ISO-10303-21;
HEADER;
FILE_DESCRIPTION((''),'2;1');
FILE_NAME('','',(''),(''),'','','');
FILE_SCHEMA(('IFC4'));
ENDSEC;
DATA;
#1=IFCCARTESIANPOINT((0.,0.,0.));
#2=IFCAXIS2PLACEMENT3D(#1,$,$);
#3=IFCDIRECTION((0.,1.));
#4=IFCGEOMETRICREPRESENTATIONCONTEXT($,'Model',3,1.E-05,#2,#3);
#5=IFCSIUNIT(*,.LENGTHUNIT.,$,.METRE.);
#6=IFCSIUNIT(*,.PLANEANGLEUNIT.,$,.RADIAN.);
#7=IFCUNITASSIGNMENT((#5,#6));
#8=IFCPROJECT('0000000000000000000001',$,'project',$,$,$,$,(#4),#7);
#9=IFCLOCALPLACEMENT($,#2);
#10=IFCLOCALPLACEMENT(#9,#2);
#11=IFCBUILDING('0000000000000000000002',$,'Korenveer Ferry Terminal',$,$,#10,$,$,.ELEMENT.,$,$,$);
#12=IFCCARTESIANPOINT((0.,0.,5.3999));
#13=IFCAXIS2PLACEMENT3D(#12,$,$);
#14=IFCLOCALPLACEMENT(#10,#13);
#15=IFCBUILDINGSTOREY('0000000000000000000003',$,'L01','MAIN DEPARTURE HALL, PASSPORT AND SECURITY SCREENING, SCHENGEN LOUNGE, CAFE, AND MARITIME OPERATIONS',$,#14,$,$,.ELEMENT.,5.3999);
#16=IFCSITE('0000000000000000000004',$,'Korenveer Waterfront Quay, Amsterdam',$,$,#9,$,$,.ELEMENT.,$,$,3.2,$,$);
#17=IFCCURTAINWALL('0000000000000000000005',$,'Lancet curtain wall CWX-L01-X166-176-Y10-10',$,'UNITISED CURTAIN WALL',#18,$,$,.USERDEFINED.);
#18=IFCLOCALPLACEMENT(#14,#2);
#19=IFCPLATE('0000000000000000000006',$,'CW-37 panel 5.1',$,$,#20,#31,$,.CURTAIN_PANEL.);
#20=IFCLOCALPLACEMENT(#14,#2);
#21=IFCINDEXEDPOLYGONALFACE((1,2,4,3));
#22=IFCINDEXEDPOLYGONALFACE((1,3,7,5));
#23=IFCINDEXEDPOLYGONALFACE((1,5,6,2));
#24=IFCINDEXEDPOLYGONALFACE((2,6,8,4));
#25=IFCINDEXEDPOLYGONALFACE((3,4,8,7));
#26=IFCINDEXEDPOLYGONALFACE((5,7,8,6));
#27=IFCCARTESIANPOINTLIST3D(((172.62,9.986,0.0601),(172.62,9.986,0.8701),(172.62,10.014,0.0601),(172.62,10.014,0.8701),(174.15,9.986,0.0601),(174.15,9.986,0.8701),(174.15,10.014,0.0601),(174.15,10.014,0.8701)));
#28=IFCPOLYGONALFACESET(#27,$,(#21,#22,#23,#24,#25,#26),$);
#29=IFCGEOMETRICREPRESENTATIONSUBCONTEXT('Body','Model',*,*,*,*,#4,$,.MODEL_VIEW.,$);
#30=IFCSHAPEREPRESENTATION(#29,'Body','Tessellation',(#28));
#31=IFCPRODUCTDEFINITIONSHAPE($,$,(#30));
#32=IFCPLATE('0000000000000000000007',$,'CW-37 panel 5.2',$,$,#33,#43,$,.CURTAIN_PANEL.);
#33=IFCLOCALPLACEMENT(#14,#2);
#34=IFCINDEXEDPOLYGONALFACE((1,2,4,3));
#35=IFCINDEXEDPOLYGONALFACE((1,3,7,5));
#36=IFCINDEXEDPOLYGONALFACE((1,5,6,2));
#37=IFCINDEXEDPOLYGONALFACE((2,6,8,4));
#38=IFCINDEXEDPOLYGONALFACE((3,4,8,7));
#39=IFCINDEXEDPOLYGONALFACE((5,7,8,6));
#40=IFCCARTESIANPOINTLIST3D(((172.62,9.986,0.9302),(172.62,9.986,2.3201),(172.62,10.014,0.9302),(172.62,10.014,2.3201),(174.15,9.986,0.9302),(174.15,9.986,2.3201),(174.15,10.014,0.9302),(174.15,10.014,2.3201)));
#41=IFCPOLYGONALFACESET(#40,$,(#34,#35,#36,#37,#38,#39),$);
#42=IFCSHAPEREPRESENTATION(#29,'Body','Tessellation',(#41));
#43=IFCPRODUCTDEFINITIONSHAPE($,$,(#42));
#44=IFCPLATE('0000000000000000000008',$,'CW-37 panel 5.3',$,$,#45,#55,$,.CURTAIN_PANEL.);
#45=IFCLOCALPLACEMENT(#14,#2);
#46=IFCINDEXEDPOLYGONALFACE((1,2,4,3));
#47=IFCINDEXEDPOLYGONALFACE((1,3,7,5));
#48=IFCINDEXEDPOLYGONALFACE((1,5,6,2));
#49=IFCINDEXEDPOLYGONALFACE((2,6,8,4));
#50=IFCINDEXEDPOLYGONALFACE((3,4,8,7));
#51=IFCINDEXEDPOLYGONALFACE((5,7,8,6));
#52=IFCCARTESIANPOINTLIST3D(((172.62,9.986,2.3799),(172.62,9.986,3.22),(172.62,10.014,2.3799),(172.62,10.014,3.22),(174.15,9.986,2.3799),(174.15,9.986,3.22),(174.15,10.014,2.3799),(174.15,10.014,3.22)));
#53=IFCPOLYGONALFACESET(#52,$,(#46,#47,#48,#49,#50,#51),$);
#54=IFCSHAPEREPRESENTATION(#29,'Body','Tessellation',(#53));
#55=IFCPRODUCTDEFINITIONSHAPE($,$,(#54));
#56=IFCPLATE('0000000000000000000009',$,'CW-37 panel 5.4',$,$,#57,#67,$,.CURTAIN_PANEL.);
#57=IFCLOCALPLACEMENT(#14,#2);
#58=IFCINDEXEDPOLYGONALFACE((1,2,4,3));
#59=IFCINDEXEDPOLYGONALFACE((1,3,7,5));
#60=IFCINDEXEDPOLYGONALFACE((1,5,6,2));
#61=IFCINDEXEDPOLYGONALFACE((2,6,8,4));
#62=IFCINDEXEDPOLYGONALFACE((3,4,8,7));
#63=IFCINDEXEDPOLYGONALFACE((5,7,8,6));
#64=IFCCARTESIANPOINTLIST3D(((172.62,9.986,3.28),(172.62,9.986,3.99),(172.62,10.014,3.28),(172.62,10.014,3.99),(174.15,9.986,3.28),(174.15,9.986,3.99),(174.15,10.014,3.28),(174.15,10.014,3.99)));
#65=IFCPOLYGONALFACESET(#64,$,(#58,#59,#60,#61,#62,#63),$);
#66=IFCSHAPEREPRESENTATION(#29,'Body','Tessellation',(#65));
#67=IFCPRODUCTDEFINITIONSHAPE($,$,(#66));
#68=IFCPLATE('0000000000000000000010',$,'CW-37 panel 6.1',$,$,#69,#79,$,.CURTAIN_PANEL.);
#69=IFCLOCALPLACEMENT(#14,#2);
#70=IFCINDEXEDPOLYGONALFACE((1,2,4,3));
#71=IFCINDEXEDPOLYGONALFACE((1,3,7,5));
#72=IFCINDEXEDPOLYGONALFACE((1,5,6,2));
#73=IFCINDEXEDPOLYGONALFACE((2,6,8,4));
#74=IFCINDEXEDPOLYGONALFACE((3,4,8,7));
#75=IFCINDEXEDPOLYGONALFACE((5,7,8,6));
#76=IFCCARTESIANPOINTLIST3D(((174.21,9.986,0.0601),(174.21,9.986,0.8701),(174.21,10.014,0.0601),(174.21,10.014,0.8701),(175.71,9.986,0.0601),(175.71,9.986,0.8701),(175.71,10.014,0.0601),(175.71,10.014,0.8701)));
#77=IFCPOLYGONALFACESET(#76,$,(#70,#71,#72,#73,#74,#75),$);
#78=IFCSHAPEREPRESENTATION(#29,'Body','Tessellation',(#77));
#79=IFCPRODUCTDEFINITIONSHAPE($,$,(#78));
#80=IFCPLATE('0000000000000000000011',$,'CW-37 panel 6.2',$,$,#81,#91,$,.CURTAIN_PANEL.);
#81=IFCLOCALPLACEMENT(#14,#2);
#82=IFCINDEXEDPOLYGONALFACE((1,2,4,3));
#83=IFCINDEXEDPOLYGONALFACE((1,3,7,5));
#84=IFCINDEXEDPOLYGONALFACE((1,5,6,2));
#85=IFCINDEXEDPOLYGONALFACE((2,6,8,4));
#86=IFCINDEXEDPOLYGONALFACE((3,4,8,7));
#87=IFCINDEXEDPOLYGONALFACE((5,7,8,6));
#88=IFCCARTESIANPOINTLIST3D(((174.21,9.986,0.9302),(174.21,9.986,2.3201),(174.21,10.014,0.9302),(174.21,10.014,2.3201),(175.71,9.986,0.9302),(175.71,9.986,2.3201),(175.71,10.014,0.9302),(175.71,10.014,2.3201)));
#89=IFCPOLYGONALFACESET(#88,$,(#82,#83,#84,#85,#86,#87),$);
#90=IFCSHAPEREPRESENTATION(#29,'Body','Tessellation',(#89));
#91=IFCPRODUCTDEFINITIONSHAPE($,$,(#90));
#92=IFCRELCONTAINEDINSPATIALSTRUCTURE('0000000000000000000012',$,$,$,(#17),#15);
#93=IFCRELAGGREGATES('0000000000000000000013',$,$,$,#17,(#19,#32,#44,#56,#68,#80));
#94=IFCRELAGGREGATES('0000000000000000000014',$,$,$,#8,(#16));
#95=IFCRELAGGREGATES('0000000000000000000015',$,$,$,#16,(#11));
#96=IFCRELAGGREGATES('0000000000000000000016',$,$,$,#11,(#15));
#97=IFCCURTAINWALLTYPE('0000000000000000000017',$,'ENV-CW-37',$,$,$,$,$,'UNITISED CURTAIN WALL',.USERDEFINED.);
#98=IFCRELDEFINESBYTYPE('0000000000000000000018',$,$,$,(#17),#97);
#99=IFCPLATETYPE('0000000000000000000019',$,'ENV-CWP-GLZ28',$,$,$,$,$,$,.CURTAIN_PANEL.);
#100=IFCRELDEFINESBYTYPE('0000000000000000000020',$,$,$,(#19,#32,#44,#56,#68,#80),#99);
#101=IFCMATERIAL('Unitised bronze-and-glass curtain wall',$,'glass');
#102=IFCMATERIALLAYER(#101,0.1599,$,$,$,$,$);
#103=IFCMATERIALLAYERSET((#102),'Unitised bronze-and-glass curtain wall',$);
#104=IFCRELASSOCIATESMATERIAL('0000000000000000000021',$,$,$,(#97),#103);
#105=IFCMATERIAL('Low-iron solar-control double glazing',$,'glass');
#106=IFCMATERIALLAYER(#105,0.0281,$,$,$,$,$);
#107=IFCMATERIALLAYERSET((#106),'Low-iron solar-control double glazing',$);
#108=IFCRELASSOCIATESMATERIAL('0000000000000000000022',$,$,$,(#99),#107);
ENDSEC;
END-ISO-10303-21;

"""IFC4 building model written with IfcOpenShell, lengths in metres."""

from ifc_helpers import new_model, si_unit, direction, frame, origin, origin_2d, place, context, subcontext, project, spatial, rectangle, extrude, material, layer, layer_set, type_object, element, aggregate, save


model = new_model("IFC4")

# Units and contexts
model_context = context("Model", 3, precision=1e-05, world=origin(), true_north=direction((0.0, 1.0)))
body_context = subcontext(model_context, "Body", "Model", "MODEL_VIEW")
ifc_project = project(units=[si_unit("LENGTHUNIT", "METRE"), si_unit("PLANEANGLEUNIT", "RADIAN")], contexts=[model_context])

# Site, building, storey
site_placement = place(None, origin())
site = spatial("IfcSite", under=ifc_project, at=site_placement, Name="Korenveer Waterfront Quay, Amsterdam", CompositionType="ELEMENT", RefElevation=3.2)
building_placement = place(site_placement, origin())
building = spatial("IfcBuilding", under=site, at=building_placement, Name="Korenveer Ferry Terminal", CompositionType="ELEMENT")
storey_placement = place(building_placement, frame((0.0, 0.0, 5.3999)))
storey = spatial("IfcBuildingStorey", under=building, at=storey_placement, Name="L01", Description="MAIN DEPARTURE HALL, PASSPORT AND SECURITY SCREENING, SCHENGEN LOUNGE, CAFE, AND MARITIME OPERATIONS", CompositionType="ELEMENT", Elevation=5.3999)

# Curtain wall, plates
ifc_material_1 = material(Name="Unitised bronze-and-glass curtain wall", Category="glass")
ifc_layer_1 = layer(ifc_material_1, 0.1599)
ifc_layer_set_1 = layer_set([ifc_layer_1], Name="Unitised bronze-and-glass curtain wall")
curtain_wall_type = type_object("IfcCurtainWallType", Name="ENV-CW-37", ElementType="UNITISED CURTAIN WALL", PredefinedType="USERDEFINED", material=ifc_layer_set_1)
curtain_wall_placement = place(storey_placement, frame((166.23, 10.0, 0.0)))
curtain_wall = element("IfcCurtainWall", 1, at=curtain_wall_placement, inside=storey, type_object=curtain_wall_type, Name="Lancet curtain wall CWX-L01-X166-176-Y10-10", ObjectType="UNITISED CURTAIN WALL", PredefinedType="USERDEFINED")
ifc_material_2 = material(Name="Low-iron solar-control double glazing", Category="glass")
ifc_layer_2 = layer(ifc_material_2, 0.0281)
ifc_layer_set_2 = layer_set([ifc_layer_2], Name="Low-iron solar-control double glazing")
plate_type = type_object("IfcPlateType", Name="ENV-CWP-GLZ28", PredefinedType="CURTAIN_PANEL", material=ifc_layer_set_2)
plate_1_placement = place(storey_placement, frame((173.385, 10.0, 0.0601), z_axis=(0.0, 0.0, 1.0), x_axis=(1.0, 0.0, 0.0)))
plate_1 = element("IfcPlate", 2, at=plate_1_placement, type_object=plate_type, Name="CW-37 panel 5.1", PredefinedType="CURTAIN_PANEL", context=body_context, shape_type="SweptSolid", body=[
    extrude(rectangle(XDim=1.53, YDim=0.0281, at=origin_2d()), origin(), (0.0, 0.0, 1.0), 0.8101),
])
plate_2_placement = place(storey_placement, frame((173.385, 10.0, 0.9302), z_axis=(0.0, 0.0, 1.0), x_axis=(1.0, 0.0, 0.0)))
plate_2 = element("IfcPlate", 3, at=plate_2_placement, type_object=plate_type, Name="CW-37 panel 5.2", PredefinedType="CURTAIN_PANEL", context=body_context, shape_type="SweptSolid", body=[
    extrude(rectangle(XDim=1.53, YDim=0.0281, at=origin_2d()), origin(), (0.0, 0.0, 1.0), 1.3899),
])
plate_3_placement = place(storey_placement, frame((173.385, 10.0, 2.3799), z_axis=(0.0, 0.0, 1.0), x_axis=(1.0, 0.0, 0.0)))
plate_3 = element("IfcPlate", 4, at=plate_3_placement, type_object=plate_type, Name="CW-37 panel 5.3", PredefinedType="CURTAIN_PANEL", context=body_context, shape_type="SweptSolid", body=[
    extrude(rectangle(XDim=1.53, YDim=0.0281, at=origin_2d()), origin(), (0.0, 0.0, 1.0), 0.8401),
])
plate_4_placement = place(storey_placement, frame((173.385, 10.0, 3.28), z_axis=(0.0, 0.0, 1.0), x_axis=(1.0, 0.0, 0.0)))
plate_4 = element("IfcPlate", 5, at=plate_4_placement, type_object=plate_type, Name="CW-37 panel 5.4", PredefinedType="CURTAIN_PANEL", context=body_context, shape_type="SweptSolid", body=[
    extrude(rectangle(XDim=1.53, YDim=0.0281, at=origin_2d()), origin(), (0.0, 0.0, 1.0), 0.71),
])
plate_5_placement = place(storey_placement, frame((174.96, 10.0, 0.0601), z_axis=(0.0, 0.0, 1.0), x_axis=(1.0, 0.0, 0.0)))
plate_5 = element("IfcPlate", 6, at=plate_5_placement, type_object=plate_type, Name="CW-37 panel 6.1", PredefinedType="CURTAIN_PANEL", context=body_context, shape_type="SweptSolid", body=[
    extrude(rectangle(XDim=1.5, YDim=0.0281, at=origin_2d()), origin(), (0.0, 0.0, 1.0), 0.8101),
])
plate_6_placement = place(storey_placement, frame((174.96, 10.0, 0.9302), z_axis=(0.0, 0.0, 1.0), x_axis=(1.0, 0.0, 0.0)))
plate_6 = element("IfcPlate", 7, at=plate_6_placement, type_object=plate_type, Name="CW-37 panel 6.2", PredefinedType="CURTAIN_PANEL", context=body_context, shape_type="SweptSolid", body=[
    extrude(rectangle(XDim=1.5, YDim=0.0281, at=origin_2d()), origin(), (0.0, 0.0, 1.0), 1.3899),
])
aggregate(curtain_wall, [plate_1, plate_2, plate_3, plate_4, plate_5, plate_6])

save(model, "model.ifc")
